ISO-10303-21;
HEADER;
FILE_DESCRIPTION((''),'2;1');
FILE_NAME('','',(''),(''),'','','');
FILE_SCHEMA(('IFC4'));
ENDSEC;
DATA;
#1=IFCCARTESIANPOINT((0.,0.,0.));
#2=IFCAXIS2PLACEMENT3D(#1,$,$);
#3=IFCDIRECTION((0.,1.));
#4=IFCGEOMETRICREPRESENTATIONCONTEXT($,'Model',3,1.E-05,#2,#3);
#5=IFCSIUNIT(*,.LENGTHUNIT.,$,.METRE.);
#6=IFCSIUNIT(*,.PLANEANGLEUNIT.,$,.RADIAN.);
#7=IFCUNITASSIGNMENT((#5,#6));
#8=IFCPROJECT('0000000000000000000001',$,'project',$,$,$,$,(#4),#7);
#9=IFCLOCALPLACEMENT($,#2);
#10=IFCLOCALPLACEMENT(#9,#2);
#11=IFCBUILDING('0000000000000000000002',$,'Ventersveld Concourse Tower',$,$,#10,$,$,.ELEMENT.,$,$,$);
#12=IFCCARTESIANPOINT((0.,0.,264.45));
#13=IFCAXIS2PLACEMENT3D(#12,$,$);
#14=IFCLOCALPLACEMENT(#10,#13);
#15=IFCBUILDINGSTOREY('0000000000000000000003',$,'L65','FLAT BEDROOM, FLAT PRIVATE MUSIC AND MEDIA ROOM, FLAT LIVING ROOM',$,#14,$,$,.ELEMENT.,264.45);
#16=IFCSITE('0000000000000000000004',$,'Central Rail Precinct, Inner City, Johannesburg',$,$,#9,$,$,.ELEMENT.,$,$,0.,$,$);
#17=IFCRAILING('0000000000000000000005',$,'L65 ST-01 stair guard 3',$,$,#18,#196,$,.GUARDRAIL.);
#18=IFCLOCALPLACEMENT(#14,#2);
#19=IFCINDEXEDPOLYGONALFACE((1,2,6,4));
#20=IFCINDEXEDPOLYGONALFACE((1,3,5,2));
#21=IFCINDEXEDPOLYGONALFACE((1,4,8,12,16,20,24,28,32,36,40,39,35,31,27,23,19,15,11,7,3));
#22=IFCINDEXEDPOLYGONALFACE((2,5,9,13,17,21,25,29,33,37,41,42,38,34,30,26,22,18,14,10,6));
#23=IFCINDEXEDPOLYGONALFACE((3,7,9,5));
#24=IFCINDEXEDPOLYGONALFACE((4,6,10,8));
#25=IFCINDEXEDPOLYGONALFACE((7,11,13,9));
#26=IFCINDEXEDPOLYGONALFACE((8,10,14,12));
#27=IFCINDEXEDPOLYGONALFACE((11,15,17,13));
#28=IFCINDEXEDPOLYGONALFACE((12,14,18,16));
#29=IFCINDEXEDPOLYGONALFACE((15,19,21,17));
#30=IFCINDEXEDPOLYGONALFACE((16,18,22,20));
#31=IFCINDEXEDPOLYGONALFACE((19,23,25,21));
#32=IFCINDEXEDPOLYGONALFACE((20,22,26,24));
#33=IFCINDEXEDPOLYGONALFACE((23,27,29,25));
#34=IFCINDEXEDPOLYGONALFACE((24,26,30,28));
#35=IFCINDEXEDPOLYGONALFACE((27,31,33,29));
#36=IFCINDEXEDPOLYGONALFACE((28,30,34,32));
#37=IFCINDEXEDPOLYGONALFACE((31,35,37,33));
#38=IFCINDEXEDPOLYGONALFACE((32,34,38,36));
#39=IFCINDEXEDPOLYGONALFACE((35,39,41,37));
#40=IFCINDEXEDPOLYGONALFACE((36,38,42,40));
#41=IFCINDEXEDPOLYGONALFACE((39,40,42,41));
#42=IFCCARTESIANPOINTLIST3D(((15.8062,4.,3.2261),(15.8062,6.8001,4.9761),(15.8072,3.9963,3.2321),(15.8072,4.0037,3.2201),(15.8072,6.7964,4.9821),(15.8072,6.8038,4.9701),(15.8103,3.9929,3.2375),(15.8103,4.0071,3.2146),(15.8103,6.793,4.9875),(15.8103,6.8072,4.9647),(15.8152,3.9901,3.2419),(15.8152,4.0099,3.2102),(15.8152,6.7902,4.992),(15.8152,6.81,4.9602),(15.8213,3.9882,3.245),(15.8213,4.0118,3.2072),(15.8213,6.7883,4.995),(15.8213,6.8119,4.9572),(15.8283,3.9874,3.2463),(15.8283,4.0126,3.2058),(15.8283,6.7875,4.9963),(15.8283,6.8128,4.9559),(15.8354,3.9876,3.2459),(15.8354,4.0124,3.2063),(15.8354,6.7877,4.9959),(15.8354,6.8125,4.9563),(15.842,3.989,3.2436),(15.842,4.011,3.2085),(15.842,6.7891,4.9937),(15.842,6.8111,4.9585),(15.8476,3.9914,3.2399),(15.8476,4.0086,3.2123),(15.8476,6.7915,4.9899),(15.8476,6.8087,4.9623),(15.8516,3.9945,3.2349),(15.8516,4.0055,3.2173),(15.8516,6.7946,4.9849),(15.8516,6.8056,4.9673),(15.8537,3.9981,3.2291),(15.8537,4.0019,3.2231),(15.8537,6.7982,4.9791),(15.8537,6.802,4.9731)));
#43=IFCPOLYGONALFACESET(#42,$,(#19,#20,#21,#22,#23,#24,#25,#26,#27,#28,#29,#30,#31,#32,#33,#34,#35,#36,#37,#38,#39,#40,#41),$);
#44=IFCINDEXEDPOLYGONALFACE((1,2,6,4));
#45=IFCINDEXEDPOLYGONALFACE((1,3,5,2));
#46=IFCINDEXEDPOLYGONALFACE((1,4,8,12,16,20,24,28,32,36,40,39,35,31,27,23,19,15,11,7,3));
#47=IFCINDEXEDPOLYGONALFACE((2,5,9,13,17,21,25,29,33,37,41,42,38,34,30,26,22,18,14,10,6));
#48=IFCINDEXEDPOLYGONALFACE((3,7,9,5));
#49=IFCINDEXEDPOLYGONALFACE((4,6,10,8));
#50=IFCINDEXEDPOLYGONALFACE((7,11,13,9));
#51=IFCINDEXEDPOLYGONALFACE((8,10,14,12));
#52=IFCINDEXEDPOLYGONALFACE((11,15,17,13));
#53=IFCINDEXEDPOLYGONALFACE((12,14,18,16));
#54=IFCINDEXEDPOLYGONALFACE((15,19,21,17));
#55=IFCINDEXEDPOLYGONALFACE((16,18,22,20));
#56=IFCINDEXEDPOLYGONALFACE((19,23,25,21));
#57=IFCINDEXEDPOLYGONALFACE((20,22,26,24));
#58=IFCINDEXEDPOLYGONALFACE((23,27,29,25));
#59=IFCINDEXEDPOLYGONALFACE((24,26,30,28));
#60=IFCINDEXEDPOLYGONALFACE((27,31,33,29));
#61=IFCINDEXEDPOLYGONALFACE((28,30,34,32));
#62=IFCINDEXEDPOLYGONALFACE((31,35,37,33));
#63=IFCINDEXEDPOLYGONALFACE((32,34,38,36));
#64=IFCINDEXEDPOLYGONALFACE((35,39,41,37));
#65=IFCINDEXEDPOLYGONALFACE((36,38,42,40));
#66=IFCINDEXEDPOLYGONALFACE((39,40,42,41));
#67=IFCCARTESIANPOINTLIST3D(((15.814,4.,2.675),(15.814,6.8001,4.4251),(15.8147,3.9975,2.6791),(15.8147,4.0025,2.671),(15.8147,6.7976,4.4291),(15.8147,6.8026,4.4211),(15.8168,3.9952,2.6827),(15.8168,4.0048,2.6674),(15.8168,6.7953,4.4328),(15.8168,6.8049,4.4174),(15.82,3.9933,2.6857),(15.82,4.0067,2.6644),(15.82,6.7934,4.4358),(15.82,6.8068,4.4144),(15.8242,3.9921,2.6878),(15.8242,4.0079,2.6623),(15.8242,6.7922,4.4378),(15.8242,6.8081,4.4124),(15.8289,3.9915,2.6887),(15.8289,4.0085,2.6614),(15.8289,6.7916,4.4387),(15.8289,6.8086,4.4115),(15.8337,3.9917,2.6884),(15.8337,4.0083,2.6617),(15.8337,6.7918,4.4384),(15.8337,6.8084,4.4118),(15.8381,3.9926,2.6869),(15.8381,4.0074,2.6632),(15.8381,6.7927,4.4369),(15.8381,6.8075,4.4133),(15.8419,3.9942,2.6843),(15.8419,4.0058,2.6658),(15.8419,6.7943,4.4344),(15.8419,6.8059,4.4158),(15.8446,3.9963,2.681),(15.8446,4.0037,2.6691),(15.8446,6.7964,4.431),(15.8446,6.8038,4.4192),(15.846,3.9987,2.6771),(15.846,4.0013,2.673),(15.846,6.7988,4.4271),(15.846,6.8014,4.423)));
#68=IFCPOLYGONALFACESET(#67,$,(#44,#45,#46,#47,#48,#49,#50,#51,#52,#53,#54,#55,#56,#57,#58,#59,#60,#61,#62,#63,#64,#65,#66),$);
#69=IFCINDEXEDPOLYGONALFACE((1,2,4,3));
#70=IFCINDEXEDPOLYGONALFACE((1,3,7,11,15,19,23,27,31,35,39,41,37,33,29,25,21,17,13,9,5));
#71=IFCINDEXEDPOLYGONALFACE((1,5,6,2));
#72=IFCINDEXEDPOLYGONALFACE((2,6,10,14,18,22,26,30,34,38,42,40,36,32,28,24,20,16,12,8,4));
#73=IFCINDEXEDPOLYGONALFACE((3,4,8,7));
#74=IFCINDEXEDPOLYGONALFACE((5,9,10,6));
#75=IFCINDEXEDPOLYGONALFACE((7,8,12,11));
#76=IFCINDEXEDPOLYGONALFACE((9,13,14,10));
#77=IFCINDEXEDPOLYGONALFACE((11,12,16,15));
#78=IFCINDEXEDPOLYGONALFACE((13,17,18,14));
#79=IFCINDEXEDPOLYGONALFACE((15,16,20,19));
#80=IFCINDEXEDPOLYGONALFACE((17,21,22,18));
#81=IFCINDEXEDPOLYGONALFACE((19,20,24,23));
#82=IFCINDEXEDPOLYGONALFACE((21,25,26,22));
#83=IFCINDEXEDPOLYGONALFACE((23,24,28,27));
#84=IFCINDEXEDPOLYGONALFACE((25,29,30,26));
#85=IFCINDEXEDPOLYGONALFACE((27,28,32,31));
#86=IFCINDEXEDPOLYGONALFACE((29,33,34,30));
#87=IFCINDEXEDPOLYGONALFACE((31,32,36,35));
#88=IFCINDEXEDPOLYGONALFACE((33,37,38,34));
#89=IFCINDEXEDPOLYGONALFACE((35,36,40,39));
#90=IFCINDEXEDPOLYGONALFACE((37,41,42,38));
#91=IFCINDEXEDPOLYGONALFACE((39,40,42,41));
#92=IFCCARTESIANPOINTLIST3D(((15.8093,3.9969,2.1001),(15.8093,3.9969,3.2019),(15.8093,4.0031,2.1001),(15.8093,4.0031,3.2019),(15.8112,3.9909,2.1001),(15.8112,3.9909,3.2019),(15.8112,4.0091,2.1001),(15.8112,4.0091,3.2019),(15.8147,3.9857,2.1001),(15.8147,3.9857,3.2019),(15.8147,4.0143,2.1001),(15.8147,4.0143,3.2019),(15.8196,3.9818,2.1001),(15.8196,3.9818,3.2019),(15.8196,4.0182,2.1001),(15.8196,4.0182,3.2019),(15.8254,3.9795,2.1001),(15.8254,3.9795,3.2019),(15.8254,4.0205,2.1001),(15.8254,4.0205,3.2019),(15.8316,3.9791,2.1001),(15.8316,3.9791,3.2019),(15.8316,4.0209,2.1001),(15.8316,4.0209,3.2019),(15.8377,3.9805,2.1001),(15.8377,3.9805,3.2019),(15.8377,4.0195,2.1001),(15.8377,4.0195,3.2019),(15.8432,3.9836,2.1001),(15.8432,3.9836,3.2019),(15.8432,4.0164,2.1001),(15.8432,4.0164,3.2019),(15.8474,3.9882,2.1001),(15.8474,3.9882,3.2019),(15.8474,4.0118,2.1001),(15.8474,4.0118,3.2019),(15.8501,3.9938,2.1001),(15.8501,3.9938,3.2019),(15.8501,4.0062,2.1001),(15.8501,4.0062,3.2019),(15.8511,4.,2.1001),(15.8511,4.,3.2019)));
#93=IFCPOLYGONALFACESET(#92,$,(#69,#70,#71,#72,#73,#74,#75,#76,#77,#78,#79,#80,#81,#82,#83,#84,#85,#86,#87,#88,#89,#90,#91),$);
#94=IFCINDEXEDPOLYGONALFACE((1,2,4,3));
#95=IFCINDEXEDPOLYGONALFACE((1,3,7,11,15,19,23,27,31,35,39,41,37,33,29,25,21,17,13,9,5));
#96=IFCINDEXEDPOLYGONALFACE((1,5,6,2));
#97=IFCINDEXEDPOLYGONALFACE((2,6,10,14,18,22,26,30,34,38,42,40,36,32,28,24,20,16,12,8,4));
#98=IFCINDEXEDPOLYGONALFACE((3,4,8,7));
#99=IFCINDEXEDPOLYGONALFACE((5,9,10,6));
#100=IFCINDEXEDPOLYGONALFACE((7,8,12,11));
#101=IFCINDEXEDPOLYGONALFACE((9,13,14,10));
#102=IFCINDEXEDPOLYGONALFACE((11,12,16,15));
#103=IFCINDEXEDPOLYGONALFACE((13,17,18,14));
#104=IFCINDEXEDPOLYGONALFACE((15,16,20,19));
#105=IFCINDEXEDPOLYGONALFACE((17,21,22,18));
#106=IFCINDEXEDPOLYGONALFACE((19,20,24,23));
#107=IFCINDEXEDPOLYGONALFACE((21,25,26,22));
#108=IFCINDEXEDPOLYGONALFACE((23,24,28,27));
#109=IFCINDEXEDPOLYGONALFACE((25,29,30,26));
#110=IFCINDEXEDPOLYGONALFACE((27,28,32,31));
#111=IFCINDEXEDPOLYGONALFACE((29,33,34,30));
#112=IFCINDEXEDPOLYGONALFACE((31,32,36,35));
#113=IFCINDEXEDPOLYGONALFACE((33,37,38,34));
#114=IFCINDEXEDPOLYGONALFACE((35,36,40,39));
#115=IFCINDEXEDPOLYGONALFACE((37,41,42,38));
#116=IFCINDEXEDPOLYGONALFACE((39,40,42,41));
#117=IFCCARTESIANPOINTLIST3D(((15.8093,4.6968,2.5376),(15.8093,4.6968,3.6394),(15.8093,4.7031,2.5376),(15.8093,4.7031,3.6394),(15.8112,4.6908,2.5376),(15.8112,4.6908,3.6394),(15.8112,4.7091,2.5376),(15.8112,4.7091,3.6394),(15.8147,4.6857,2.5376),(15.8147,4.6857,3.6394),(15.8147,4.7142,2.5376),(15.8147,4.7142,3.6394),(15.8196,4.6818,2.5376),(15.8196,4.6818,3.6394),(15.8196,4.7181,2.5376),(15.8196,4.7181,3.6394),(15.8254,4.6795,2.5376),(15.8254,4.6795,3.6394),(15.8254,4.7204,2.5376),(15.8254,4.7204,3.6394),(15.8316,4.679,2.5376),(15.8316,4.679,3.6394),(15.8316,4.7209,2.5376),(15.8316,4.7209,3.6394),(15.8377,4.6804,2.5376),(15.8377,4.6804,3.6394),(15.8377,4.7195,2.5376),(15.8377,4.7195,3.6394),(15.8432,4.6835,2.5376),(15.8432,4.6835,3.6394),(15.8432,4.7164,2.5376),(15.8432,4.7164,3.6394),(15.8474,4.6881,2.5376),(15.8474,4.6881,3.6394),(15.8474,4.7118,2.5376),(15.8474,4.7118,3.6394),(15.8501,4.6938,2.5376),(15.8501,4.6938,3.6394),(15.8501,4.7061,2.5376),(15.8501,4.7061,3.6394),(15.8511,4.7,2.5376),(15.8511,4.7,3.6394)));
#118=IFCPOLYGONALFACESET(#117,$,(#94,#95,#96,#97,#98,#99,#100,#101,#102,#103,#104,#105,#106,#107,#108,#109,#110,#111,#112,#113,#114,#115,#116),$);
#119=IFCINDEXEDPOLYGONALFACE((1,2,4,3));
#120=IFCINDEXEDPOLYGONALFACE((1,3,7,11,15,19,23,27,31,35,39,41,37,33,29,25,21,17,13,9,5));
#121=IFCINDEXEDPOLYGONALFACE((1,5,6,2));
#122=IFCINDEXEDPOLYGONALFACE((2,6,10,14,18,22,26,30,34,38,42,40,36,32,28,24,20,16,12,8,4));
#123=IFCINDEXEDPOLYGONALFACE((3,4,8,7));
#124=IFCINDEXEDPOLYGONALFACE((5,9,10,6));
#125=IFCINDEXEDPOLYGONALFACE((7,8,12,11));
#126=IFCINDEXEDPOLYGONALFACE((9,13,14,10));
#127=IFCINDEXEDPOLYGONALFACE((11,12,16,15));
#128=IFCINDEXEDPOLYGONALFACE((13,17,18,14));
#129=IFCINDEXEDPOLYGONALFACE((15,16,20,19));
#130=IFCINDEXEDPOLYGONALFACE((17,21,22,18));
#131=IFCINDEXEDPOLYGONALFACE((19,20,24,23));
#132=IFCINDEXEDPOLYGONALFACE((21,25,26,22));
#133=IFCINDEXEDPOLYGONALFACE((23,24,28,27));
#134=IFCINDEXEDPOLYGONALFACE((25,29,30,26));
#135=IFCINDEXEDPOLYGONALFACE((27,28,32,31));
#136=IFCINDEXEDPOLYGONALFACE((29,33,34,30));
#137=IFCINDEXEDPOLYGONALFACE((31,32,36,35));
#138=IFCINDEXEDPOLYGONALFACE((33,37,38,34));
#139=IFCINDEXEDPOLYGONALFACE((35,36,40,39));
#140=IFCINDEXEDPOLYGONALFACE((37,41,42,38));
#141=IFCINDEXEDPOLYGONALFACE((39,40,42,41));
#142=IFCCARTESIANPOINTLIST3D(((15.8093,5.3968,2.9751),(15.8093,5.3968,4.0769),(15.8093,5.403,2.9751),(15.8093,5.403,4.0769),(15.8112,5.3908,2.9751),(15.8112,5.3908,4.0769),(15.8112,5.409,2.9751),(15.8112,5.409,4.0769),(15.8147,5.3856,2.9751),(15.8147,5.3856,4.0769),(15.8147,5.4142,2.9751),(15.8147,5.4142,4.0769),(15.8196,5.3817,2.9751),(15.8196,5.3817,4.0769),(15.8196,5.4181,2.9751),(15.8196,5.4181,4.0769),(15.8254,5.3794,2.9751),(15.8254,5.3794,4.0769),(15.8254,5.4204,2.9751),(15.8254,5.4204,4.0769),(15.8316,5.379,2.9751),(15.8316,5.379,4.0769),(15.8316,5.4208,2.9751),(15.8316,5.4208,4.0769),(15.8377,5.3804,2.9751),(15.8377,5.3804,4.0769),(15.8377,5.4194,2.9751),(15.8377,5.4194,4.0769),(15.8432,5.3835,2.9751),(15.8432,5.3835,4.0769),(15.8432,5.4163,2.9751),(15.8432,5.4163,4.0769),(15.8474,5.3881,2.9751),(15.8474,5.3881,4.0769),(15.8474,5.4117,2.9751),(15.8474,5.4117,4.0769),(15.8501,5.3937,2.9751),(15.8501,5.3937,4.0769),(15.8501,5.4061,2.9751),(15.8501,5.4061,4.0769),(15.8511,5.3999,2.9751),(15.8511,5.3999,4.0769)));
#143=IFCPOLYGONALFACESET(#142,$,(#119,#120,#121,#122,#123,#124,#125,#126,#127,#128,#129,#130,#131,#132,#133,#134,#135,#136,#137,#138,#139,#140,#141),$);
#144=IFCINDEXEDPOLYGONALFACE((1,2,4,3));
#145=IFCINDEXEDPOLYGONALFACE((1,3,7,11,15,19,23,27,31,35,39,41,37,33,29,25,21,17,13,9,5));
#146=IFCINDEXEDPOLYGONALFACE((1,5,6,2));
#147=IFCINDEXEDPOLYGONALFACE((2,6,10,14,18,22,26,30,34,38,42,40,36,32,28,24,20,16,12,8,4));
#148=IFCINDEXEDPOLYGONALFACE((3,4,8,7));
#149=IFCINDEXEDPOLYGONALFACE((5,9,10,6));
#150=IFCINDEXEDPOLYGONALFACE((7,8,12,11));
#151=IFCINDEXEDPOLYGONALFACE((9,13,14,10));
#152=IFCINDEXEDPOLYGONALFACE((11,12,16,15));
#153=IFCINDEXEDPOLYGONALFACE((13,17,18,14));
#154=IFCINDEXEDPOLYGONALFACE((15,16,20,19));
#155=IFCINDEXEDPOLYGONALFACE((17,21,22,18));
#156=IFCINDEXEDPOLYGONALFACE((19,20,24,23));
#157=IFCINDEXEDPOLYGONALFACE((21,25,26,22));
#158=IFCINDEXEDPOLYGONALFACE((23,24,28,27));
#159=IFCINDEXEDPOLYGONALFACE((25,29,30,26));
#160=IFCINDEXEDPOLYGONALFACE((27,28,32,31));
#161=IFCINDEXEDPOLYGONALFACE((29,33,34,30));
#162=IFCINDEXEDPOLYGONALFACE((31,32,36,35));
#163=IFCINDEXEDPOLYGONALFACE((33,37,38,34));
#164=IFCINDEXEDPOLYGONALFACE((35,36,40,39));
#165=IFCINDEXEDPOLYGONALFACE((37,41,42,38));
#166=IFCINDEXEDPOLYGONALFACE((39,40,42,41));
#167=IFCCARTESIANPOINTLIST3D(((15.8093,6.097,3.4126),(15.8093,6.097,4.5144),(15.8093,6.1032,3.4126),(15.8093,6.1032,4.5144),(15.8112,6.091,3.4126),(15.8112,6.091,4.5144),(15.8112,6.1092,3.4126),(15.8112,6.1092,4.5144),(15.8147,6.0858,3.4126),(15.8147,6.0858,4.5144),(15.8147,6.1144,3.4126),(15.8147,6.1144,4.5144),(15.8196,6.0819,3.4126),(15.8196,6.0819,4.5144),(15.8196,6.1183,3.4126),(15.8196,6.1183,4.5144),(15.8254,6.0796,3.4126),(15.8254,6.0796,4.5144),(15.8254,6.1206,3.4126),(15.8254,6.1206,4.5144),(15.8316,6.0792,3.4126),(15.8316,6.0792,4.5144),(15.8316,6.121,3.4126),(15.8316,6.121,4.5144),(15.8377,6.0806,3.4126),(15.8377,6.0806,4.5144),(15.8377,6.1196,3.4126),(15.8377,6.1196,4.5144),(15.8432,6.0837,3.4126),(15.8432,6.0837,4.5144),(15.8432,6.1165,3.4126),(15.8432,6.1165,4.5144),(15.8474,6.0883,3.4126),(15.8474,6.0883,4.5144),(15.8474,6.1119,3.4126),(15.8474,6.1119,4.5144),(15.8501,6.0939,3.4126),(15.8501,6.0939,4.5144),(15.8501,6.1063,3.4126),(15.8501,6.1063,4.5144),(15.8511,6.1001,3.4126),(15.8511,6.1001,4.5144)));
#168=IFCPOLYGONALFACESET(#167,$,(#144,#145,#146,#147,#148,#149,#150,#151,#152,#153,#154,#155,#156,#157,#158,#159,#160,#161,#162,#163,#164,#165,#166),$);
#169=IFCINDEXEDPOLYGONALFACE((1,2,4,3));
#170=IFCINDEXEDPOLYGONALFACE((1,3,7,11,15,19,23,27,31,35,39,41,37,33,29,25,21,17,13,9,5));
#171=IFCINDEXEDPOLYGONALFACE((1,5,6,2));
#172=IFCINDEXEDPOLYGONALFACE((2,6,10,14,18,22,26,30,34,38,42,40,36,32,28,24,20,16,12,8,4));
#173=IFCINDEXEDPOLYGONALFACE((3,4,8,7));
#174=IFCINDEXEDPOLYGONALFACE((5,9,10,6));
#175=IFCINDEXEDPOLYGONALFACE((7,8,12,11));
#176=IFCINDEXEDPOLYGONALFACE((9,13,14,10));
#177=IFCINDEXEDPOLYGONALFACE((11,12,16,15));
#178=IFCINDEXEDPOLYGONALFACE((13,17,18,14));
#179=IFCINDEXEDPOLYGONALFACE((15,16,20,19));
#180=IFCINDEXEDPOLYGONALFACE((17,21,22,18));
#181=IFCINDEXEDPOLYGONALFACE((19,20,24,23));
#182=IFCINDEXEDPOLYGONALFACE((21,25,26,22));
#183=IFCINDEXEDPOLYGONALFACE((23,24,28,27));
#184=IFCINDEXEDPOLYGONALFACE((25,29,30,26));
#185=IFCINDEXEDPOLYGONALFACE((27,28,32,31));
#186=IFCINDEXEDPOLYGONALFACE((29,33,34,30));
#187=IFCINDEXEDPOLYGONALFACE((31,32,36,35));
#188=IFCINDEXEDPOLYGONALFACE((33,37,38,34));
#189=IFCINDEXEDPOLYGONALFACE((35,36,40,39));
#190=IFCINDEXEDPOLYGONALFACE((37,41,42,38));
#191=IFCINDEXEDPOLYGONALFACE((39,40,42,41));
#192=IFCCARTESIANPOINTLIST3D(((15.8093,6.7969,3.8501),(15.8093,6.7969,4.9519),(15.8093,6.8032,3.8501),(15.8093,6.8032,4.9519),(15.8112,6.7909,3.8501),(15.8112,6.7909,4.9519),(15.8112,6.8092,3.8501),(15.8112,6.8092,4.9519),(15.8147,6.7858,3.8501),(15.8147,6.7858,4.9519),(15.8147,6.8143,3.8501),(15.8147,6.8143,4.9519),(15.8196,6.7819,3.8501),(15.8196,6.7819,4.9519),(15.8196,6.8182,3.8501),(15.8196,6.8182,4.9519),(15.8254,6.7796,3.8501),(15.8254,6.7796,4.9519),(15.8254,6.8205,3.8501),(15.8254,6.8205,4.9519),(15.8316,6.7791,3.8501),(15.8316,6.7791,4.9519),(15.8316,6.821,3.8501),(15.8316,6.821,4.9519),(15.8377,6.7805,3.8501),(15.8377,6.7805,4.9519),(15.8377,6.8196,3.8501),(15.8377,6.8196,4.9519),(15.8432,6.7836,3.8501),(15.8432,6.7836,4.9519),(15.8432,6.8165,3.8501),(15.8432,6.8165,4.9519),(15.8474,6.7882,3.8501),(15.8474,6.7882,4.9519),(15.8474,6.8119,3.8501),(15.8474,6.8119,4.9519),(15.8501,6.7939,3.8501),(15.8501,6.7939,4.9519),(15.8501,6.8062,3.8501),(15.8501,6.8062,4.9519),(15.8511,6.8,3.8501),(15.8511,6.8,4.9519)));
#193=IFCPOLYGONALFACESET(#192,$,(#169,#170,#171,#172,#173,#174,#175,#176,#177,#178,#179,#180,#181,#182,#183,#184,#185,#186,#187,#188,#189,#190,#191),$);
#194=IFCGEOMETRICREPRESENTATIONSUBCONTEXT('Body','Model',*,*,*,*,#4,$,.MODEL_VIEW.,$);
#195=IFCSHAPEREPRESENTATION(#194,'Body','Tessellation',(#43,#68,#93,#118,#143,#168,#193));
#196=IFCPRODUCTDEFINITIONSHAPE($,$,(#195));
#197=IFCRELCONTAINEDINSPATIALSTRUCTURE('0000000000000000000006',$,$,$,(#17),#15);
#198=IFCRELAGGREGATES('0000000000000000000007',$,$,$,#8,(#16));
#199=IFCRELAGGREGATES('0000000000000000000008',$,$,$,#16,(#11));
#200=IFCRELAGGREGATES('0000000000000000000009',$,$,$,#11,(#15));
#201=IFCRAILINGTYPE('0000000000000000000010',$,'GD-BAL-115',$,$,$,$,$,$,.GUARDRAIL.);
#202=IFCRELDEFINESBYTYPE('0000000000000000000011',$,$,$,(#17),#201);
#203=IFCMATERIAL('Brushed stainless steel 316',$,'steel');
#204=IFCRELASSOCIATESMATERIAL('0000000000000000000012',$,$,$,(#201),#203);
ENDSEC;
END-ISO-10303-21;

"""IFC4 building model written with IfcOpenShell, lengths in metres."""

from ifc_helpers import new_model, si_unit, direction, frame, origin, origin_2d, place, context, subcontext, project, spatial, circle, extrude, material, type_object, element, save


model = new_model("IFC4")

# Units and contexts
model_context = context("Model", 3, precision=1e-05, world=origin(), true_north=direction((0.0, 1.0)))
body_context = subcontext(model_context, "Body", "Model", "MODEL_VIEW")
ifc_project = project(units=[si_unit("LENGTHUNIT", "METRE"), si_unit("PLANEANGLEUNIT", "RADIAN")], contexts=[model_context])

# Site, building, storey
site_placement = place(None, origin())
site = spatial("IfcSite", under=ifc_project, at=site_placement, Name="Central Rail Precinct, Inner City, Johannesburg", CompositionType="ELEMENT", RefElevation=0.0)
building_placement = place(site_placement, origin())
building = spatial("IfcBuilding", under=site, at=building_placement, Name="Ventersveld Concourse Tower", CompositionType="ELEMENT")
storey_placement = place(building_placement, frame((0.0, 0.0, 264.45)))
storey = spatial("IfcBuildingStorey", under=building, at=storey_placement, Name="L65", Description="FLAT BEDROOM, FLAT PRIVATE MUSIC AND MEDIA ROOM, FLAT LIVING ROOM", CompositionType="ELEMENT", Elevation=264.45)

# Shared definitions
ifc_material_1 = material(Name="Brushed stainless steel 316", Category="steel")

# Railing
railing_type_1 = type_object("IfcRailingType", Name="GD-BAL-115", PredefinedType="GUARDRAIL", material=ifc_material_1)
railing_1_placement = place(storey_placement, frame((15.8301, 4.0, 2.1001)))
element("IfcRailing", 1, at=railing_1_placement, inside=storey, type_object=railing_type_1, Name="L65 ST-01 stair guard 3", PredefinedType="GUARDRAIL", context=body_context, shape_type="SweptSolid", body=[
    extrude(circle(Radius=0.0239, at=origin_2d()), frame((0.0, 0.0, 1.126), z_axis=(0.0, 0.848002, 0.529992), x_axis=(-1.0, 0.0, 0.0)), (0.0, 0.0, 1.0), 3.302),
    extrude(circle(Radius=0.0161, at=origin_2d()), frame((0.0, 0.0, 0.575), z_axis=(0.0, 0.848002, 0.529992), x_axis=(-1.0, 0.0, 0.0)), (0.0, 0.0, 1.0), 3.302),
    extrude(circle(Radius=0.021, at=origin_2d()), origin(), (0.0, 0.0, 1.0), 1.1018),
    extrude(circle(Radius=0.021, at=origin_2d()), frame((0.0, 0.7, 0.4375)), (0.0, 0.0, 1.0), 1.1018),
    extrude(circle(Radius=0.021, at=origin_2d()), frame((0.0, 1.3999, 0.875)), (0.0, 0.0, 1.0), 1.1018),
    extrude(circle(Radius=0.021, at=origin_2d()), frame((0.0, 2.1001, 1.3125)), (0.0, 0.0, 1.0), 1.1018),
    extrude(circle(Radius=0.021, at=origin_2d()), frame((0.0, 2.8, 1.75)), (0.0, 0.0, 1.0), 1.1018),
])

save(model, "model.ifc")
